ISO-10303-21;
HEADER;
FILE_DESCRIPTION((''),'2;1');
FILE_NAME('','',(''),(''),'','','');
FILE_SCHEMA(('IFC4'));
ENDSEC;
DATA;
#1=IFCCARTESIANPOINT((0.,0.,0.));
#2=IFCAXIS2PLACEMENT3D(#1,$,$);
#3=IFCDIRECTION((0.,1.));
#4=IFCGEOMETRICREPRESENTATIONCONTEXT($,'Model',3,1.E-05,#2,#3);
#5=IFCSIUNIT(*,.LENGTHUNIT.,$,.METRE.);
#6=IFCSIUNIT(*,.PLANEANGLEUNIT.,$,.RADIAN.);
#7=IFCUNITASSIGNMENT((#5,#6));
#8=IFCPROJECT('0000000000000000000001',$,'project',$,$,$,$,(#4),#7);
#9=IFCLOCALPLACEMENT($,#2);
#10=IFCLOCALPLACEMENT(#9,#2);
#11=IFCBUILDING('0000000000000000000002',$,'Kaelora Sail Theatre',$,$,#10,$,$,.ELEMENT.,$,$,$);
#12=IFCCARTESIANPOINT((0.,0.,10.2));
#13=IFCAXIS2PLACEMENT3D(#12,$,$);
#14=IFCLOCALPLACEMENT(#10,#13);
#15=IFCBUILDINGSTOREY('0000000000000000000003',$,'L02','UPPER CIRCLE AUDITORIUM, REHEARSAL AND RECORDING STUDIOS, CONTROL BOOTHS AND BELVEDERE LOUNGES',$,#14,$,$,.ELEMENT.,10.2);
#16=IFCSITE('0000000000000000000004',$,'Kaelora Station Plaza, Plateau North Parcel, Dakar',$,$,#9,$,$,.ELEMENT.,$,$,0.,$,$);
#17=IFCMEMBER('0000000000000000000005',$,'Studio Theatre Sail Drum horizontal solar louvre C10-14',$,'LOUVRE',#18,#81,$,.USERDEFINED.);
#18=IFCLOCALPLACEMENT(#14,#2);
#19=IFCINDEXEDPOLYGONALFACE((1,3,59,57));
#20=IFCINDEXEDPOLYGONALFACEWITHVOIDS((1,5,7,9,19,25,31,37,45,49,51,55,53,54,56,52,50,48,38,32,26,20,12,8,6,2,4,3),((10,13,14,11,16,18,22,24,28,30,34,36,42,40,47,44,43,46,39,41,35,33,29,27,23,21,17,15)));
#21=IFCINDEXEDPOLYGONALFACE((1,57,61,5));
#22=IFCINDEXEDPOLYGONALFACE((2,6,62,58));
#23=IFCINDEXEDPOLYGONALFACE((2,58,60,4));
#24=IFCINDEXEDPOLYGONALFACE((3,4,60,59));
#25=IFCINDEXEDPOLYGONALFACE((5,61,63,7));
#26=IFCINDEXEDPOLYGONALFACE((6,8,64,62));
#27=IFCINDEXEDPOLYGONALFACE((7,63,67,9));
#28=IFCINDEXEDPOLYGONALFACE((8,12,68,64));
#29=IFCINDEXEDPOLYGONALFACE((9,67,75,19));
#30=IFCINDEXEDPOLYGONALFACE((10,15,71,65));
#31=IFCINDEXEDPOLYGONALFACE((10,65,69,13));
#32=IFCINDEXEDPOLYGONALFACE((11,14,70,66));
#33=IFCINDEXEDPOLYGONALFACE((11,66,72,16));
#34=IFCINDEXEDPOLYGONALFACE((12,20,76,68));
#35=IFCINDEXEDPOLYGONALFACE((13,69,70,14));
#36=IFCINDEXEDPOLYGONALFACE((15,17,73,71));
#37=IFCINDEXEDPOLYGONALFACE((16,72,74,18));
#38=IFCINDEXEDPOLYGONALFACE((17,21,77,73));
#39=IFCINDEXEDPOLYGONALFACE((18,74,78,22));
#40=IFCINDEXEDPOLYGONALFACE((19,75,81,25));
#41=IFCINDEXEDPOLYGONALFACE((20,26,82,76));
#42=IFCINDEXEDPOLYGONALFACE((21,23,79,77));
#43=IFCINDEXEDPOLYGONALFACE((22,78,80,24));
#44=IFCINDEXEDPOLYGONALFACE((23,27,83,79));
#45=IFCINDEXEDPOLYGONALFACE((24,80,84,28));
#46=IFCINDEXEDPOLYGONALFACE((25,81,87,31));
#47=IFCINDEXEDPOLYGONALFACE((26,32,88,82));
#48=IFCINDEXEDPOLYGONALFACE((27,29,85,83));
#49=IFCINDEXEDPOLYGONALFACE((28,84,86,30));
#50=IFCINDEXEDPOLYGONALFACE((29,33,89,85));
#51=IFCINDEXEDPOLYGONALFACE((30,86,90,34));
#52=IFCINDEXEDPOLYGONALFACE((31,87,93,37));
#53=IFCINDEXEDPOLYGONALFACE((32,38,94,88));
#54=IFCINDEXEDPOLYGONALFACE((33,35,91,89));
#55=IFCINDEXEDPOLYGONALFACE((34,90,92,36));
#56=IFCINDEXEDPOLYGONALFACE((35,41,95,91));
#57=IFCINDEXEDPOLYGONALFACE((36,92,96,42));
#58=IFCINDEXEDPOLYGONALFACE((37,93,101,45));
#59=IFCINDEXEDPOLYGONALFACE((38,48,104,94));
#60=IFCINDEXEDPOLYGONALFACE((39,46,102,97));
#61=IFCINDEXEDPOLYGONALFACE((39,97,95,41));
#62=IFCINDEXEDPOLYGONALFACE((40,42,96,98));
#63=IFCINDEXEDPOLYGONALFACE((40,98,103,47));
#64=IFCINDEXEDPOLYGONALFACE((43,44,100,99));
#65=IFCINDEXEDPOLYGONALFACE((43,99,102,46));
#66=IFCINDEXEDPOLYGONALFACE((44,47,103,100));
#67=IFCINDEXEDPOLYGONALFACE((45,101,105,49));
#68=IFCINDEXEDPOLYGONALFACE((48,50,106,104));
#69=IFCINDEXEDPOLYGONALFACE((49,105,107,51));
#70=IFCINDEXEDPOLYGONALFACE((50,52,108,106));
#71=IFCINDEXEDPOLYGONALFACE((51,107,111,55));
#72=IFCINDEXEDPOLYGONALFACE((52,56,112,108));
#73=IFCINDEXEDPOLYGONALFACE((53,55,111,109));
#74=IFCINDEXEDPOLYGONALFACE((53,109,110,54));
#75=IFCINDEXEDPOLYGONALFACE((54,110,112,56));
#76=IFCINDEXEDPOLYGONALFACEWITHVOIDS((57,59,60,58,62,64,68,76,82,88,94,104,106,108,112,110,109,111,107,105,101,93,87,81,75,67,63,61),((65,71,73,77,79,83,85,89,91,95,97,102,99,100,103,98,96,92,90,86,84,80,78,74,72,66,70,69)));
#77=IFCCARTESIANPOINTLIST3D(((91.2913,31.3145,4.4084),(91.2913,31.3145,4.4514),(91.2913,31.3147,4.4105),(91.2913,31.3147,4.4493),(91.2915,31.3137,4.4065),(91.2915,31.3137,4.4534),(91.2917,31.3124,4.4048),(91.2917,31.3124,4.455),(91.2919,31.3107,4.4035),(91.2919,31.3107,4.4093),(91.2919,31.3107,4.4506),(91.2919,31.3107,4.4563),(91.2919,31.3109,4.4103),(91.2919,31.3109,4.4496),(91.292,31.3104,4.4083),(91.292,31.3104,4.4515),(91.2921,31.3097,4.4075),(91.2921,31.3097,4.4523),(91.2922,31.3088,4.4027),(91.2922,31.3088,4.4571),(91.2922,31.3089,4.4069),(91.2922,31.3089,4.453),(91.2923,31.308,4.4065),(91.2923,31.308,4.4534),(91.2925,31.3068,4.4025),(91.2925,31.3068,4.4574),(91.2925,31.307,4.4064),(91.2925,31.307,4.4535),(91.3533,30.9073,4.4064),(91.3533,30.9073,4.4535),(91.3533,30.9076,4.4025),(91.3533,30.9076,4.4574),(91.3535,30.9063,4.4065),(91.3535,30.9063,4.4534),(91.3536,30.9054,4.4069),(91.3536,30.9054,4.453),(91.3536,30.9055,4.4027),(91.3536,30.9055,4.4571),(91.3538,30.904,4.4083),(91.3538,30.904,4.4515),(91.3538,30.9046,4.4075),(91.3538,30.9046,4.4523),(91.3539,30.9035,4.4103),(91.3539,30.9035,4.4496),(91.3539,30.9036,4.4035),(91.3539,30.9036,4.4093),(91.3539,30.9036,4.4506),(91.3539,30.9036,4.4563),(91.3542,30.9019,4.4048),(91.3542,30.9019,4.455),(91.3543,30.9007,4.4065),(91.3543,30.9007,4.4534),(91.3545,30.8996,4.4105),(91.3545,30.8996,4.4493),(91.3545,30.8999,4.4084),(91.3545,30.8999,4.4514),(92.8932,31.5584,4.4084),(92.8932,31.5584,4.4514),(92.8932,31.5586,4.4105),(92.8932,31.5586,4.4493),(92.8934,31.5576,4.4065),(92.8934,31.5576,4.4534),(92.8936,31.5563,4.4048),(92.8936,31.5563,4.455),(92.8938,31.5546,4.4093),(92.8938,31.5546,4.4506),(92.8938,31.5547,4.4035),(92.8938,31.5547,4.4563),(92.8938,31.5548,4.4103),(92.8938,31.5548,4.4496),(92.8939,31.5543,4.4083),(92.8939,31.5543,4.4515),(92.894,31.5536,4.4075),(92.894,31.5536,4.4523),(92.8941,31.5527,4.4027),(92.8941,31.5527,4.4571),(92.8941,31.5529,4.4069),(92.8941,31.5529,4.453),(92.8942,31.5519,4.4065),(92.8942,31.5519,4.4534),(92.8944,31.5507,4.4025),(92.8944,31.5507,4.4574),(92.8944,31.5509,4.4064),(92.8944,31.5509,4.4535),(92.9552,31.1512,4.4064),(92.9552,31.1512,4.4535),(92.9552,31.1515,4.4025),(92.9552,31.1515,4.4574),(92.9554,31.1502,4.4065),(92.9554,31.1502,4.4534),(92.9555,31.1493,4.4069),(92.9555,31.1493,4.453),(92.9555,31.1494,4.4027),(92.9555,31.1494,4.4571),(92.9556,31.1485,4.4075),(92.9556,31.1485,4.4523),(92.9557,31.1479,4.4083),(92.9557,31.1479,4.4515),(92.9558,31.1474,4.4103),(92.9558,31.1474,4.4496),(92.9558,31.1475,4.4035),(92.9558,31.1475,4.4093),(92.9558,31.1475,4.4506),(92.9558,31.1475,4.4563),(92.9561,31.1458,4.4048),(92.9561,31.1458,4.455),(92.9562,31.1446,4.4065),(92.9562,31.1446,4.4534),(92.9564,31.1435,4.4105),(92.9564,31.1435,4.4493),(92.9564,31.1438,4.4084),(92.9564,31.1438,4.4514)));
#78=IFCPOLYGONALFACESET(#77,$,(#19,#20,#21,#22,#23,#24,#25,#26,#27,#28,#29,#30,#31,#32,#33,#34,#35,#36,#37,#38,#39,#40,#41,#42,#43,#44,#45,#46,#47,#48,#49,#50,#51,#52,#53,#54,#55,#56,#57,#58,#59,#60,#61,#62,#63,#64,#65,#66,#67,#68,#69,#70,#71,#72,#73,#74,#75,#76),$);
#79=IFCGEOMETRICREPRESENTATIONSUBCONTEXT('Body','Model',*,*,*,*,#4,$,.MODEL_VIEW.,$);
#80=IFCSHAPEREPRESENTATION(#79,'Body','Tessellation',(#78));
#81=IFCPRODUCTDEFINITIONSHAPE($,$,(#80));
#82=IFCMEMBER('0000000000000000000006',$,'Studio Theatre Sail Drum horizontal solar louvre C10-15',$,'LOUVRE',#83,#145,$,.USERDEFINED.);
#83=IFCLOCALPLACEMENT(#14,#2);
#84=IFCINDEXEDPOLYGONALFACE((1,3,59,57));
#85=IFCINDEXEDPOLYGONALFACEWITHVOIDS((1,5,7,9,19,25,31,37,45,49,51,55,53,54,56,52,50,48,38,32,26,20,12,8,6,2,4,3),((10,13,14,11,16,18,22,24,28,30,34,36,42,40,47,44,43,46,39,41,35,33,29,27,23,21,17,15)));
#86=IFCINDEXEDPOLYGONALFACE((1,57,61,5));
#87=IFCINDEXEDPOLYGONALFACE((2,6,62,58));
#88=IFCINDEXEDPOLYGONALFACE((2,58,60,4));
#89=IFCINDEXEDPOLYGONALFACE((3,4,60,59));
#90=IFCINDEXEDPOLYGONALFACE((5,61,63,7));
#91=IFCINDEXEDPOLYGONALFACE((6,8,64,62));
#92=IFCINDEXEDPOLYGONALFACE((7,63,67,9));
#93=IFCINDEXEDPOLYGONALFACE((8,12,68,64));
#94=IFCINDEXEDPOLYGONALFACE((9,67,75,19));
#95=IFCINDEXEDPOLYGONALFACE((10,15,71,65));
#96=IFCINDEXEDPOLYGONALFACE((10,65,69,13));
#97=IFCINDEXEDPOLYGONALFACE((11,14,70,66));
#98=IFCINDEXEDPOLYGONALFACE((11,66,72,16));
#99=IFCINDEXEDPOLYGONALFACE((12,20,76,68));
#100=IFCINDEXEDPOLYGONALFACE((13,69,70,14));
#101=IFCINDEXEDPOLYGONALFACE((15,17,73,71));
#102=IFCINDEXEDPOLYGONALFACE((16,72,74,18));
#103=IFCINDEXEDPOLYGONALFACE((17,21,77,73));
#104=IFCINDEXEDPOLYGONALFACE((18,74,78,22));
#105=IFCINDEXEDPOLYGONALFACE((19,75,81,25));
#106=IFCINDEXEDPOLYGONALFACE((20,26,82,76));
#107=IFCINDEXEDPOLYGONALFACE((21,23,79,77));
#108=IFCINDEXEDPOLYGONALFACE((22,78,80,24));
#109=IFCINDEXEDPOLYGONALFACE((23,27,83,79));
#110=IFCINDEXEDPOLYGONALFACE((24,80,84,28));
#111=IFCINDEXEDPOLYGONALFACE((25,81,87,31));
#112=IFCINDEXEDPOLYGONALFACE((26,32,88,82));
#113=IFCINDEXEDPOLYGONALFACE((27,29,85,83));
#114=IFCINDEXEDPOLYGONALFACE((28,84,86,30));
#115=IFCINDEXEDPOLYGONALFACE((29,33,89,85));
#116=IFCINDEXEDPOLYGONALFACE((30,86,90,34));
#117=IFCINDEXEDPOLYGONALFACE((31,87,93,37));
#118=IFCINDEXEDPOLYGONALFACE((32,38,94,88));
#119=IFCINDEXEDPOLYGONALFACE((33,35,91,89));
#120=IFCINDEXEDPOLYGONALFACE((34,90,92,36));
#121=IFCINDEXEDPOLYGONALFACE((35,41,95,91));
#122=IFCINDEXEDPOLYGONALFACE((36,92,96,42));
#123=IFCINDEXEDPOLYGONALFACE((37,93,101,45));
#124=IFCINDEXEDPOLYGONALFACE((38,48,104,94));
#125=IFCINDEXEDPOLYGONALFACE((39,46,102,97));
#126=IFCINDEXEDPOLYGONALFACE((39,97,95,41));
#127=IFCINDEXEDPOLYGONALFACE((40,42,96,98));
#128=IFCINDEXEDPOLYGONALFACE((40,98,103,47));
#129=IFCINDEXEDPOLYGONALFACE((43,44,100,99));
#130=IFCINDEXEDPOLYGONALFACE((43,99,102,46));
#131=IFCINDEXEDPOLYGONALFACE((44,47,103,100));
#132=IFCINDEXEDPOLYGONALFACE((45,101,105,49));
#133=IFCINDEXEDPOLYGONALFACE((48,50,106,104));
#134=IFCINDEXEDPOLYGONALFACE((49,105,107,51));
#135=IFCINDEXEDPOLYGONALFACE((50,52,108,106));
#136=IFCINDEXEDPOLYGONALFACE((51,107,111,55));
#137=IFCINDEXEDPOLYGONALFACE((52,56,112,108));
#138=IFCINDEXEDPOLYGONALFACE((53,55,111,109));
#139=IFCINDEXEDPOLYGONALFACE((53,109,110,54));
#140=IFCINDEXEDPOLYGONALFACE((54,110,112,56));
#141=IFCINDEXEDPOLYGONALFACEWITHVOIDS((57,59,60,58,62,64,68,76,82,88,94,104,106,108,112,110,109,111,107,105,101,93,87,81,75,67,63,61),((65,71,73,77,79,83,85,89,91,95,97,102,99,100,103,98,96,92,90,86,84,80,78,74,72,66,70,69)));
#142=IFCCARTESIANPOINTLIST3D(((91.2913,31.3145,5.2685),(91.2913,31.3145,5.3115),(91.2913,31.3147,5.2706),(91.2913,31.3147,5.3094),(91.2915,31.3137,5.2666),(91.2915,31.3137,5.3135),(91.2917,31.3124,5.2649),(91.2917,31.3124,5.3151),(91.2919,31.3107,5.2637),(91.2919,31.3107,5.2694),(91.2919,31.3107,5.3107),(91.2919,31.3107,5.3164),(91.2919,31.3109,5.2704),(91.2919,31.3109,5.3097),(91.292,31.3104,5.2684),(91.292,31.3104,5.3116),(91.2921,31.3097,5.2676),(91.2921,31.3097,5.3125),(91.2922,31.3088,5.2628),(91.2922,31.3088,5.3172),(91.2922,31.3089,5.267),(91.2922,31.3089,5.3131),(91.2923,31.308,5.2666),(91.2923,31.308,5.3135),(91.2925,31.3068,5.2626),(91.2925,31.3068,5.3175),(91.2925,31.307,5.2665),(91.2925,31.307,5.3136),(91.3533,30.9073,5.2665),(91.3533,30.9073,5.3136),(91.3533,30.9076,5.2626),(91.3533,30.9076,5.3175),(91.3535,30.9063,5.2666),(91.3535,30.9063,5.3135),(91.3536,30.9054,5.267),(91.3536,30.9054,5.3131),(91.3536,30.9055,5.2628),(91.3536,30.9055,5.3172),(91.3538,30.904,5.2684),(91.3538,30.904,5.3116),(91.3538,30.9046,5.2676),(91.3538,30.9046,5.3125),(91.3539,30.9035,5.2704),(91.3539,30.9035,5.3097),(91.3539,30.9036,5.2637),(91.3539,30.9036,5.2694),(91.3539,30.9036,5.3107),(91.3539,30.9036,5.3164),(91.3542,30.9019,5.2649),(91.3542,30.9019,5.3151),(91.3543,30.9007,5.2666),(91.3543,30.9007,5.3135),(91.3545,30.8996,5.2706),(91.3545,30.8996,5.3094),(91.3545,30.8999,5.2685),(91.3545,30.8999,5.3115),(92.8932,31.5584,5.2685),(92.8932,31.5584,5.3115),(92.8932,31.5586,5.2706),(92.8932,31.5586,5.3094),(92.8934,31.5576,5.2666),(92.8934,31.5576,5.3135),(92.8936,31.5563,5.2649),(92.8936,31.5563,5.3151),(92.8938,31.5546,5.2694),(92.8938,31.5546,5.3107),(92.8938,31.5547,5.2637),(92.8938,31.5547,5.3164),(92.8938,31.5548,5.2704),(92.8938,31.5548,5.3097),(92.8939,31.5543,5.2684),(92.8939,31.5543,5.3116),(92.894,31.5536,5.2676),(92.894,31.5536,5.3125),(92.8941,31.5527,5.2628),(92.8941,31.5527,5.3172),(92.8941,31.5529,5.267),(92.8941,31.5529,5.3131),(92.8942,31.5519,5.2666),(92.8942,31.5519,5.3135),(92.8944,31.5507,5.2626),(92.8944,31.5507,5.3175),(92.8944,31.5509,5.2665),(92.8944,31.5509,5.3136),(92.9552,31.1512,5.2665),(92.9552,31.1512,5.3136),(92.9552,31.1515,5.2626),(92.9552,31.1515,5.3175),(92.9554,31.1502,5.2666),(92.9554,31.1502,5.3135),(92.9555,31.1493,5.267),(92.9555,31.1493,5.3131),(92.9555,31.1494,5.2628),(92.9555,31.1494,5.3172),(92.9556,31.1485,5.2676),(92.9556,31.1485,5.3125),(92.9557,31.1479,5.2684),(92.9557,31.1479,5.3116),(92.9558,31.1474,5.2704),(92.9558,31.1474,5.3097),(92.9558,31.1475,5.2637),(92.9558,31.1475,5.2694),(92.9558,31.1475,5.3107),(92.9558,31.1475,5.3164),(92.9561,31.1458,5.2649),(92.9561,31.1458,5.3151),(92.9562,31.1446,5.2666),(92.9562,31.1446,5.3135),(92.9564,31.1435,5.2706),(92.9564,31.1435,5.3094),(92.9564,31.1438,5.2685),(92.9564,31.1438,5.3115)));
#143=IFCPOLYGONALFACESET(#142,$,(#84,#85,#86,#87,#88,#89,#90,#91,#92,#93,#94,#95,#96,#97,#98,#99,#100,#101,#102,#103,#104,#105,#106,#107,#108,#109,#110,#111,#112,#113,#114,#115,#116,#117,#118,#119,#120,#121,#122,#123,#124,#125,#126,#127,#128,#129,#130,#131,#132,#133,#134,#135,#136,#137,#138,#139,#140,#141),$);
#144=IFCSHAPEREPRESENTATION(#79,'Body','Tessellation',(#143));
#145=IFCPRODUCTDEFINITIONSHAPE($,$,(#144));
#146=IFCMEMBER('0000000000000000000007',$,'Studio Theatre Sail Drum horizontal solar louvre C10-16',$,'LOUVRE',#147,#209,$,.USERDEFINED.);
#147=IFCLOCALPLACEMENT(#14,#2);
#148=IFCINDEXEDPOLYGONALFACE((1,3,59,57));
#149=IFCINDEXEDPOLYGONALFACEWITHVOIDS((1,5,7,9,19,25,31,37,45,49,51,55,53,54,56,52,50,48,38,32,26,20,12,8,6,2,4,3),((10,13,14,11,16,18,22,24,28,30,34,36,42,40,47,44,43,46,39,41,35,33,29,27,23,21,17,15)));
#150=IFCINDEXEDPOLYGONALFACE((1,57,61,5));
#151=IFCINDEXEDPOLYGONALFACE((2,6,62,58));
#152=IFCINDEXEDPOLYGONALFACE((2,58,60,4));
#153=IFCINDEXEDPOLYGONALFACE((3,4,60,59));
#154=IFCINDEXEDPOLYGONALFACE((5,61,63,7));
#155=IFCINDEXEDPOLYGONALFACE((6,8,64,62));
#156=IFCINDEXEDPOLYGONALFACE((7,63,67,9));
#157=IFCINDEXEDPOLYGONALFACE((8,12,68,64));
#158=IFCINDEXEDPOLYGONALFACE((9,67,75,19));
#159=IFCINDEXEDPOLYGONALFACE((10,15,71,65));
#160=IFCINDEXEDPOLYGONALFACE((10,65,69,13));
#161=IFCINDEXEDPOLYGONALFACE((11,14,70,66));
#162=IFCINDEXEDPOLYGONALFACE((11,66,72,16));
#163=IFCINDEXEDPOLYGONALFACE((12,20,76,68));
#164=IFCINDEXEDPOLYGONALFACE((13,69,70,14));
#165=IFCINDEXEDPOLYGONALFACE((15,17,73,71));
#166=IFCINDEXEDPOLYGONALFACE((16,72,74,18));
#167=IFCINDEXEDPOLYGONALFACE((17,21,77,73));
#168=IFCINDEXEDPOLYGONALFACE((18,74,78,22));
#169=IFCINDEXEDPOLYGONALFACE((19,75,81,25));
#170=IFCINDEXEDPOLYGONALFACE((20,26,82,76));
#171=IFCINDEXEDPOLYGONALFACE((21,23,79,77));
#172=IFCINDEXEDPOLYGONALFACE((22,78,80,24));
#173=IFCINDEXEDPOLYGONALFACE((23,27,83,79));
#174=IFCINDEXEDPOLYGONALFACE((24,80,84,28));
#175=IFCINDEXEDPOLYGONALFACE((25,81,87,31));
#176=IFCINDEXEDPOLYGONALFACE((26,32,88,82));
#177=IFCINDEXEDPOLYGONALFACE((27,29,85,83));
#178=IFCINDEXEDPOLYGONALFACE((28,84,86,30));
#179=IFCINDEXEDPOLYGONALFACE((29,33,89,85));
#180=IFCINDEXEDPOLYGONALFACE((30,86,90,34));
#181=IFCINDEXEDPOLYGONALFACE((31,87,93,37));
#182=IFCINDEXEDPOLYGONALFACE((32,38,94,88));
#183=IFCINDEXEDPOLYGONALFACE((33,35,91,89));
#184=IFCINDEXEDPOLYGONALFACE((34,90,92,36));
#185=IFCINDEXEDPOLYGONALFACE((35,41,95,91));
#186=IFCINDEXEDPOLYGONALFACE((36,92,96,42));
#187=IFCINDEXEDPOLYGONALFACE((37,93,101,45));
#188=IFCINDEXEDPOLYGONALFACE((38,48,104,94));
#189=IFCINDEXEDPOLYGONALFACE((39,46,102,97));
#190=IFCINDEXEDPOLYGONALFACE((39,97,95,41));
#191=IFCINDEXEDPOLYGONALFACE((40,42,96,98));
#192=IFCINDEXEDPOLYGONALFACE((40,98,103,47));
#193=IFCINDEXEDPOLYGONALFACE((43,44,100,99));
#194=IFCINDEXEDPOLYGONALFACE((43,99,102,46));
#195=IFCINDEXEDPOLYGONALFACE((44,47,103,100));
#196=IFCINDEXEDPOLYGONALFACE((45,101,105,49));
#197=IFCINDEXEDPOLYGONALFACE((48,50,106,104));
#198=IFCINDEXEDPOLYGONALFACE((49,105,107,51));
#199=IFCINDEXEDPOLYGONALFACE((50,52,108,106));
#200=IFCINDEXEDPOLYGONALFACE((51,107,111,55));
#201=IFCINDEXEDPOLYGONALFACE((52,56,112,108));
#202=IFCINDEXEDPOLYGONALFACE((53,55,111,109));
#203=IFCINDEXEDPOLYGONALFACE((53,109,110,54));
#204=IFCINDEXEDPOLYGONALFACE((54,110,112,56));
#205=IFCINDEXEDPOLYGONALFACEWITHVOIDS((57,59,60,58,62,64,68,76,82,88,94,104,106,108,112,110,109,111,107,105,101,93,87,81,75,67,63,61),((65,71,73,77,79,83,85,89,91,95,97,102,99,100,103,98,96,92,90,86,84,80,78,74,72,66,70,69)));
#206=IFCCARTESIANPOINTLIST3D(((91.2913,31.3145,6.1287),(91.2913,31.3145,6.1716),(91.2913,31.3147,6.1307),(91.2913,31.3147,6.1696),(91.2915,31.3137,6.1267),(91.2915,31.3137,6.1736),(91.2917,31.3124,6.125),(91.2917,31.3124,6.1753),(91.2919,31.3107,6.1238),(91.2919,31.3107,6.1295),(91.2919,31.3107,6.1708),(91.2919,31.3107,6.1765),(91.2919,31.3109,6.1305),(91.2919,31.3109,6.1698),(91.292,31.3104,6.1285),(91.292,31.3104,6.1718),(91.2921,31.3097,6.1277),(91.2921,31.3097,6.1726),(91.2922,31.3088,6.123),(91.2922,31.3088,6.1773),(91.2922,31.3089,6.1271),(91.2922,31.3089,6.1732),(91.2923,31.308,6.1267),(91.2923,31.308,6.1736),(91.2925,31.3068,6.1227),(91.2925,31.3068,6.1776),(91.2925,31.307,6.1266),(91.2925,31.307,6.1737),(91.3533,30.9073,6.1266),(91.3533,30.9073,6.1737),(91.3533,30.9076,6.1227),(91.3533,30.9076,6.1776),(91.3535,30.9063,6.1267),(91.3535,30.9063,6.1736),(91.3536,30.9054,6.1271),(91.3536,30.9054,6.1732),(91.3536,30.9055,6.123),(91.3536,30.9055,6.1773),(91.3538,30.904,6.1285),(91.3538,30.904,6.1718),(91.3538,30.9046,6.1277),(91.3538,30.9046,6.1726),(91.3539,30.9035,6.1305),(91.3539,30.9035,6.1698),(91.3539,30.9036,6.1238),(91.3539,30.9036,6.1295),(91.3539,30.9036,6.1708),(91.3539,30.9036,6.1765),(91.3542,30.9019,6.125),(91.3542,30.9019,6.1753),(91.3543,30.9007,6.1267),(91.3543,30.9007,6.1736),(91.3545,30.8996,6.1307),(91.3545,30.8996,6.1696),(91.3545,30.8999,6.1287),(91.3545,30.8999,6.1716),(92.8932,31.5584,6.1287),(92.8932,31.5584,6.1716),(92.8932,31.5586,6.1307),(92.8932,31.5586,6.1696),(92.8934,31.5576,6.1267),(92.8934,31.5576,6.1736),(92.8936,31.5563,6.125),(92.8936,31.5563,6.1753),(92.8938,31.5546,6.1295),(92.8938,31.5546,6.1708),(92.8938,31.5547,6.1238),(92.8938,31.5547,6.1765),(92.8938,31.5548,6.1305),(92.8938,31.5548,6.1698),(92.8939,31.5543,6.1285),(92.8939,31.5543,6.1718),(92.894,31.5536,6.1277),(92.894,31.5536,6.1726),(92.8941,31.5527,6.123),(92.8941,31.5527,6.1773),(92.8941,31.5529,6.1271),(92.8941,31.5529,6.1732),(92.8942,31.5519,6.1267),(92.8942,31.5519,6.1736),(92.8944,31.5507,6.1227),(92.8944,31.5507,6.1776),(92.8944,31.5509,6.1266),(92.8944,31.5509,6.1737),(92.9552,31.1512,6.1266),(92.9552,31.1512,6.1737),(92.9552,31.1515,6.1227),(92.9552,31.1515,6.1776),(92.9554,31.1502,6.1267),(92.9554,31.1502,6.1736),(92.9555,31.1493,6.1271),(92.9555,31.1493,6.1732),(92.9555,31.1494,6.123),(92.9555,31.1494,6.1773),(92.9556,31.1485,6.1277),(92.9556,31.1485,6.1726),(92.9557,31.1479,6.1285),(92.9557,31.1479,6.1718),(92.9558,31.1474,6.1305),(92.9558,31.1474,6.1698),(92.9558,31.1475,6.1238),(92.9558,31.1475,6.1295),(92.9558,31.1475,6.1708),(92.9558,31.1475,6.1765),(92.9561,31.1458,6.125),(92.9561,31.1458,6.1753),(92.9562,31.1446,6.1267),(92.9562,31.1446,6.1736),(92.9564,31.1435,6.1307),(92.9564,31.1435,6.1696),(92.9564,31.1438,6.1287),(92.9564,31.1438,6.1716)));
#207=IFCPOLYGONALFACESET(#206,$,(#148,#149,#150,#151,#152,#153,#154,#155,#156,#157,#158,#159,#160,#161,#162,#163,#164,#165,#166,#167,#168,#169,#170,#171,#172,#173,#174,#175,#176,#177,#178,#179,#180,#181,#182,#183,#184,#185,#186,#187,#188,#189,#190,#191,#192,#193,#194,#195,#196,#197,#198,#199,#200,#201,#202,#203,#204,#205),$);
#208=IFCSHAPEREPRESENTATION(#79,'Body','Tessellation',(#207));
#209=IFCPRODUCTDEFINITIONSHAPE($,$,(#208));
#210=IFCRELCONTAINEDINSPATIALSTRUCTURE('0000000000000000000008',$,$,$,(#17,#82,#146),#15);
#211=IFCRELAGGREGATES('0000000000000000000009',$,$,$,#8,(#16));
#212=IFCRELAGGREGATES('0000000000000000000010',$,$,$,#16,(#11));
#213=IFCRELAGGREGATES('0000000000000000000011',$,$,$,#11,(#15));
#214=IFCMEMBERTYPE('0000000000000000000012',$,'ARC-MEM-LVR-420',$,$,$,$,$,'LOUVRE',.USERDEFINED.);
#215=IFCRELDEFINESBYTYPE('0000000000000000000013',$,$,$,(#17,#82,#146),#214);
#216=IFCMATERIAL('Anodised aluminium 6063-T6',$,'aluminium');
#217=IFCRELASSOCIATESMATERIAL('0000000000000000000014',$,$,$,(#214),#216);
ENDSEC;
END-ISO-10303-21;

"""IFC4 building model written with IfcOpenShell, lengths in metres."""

from ifc_helpers import new_model, si_unit, direction, frame, origin, origin_2d, place, context, subcontext, project, spatial, hollow_rectangle, extrude, material, material_profile, profile_set, type_object, element, save


model = new_model("IFC4")

# Units and contexts
model_context = context("Model", 3, precision=1e-05, world=origin(), true_north=direction((0.0, 1.0)))
body_context = subcontext(model_context, "Body", "Model", "MODEL_VIEW")
ifc_project = project(units=[si_unit("LENGTHUNIT", "METRE"), si_unit("PLANEANGLEUNIT", "RADIAN")], contexts=[model_context])

# Site, building, storey
site_placement = place(None, origin())
site = spatial("IfcSite", under=ifc_project, at=site_placement, Name="Kaelora Station Plaza, Plateau North Parcel, Dakar", CompositionType="ELEMENT", RefElevation=0.0)
building_placement = place(site_placement, origin())
building = spatial("IfcBuilding", under=site, at=building_placement, Name="Kaelora Sail Theatre", CompositionType="ELEMENT")
storey_placement = place(building_placement, frame((0.0, 0.0, 10.2)))
storey = spatial("IfcBuildingStorey", under=building, at=storey_placement, Name="L02", Description="UPPER CIRCLE AUDITORIUM, REHEARSAL AND RECORDING STUDIOS, CONTROL BOOTHS AND BELVEDERE LOUNGES", CompositionType="ELEMENT", Elevation=10.2)

# Members
ifc_material_1 = material(Name="Anodised aluminium 6063-T6", Category="aluminium")
ifc_material_profile_1 = material_profile(ifc_material_1, hollow_rectangle(XDim=0.4199, YDim=0.0549, WallThickness=0.0039, InnerFilletRadius=0.0039, OuterFilletRadius=0.0081, at=origin_2d()), Name="LOUVRE 420x55x4")
ifc_profile_set_1 = profile_set([ifc_material_profile_1], Name="Anodised aluminium 6063-T6")
member_type = type_object("IfcMemberType", Name="ARC-MEM-LVR-420", ElementType="LOUVRE", PredefinedType="USERDEFINED", material=ifc_profile_set_1)
for number, where, z_axis, x_axis, name in (
    (1, (92.9248, 31.3511, 4.4299), (-0.988606, -0.150528, 0.0), (0.150528, -0.988606, 0.0), "Studio Theatre Sail Drum horizontal solar louvre C10-14"),
    (2, (92.9248, 31.3511, 5.29), (-0.988606, -0.150528, 0.0), (0.150528, -0.988606, 0.0), "Studio Theatre Sail Drum horizontal solar louvre C10-15"),
    (3, (92.9248, 31.3511, 6.1501), (-0.988606, -0.150528, 0.0), (0.150528, -0.988606, 0.0), "Studio Theatre Sail Drum horizontal solar louvre C10-16"),
):
    element("IfcMember", number, at=place(storey_placement, frame(where, z_axis=z_axis, x_axis=x_axis)), inside=storey, type_object=member_type, Name=name, ObjectType="LOUVRE", PredefinedType="USERDEFINED", context=body_context, shape_type="SweptSolid", body=[
        extrude(hollow_rectangle(XDim=0.4199, YDim=0.0549, WallThickness=0.0039, InnerFilletRadius=0.0039, OuterFilletRadius=0.0081, at=origin_2d()), origin(), (0.0, 0.0, 1.0), 1.6204),
    ])

save(model, "model.ifc")
